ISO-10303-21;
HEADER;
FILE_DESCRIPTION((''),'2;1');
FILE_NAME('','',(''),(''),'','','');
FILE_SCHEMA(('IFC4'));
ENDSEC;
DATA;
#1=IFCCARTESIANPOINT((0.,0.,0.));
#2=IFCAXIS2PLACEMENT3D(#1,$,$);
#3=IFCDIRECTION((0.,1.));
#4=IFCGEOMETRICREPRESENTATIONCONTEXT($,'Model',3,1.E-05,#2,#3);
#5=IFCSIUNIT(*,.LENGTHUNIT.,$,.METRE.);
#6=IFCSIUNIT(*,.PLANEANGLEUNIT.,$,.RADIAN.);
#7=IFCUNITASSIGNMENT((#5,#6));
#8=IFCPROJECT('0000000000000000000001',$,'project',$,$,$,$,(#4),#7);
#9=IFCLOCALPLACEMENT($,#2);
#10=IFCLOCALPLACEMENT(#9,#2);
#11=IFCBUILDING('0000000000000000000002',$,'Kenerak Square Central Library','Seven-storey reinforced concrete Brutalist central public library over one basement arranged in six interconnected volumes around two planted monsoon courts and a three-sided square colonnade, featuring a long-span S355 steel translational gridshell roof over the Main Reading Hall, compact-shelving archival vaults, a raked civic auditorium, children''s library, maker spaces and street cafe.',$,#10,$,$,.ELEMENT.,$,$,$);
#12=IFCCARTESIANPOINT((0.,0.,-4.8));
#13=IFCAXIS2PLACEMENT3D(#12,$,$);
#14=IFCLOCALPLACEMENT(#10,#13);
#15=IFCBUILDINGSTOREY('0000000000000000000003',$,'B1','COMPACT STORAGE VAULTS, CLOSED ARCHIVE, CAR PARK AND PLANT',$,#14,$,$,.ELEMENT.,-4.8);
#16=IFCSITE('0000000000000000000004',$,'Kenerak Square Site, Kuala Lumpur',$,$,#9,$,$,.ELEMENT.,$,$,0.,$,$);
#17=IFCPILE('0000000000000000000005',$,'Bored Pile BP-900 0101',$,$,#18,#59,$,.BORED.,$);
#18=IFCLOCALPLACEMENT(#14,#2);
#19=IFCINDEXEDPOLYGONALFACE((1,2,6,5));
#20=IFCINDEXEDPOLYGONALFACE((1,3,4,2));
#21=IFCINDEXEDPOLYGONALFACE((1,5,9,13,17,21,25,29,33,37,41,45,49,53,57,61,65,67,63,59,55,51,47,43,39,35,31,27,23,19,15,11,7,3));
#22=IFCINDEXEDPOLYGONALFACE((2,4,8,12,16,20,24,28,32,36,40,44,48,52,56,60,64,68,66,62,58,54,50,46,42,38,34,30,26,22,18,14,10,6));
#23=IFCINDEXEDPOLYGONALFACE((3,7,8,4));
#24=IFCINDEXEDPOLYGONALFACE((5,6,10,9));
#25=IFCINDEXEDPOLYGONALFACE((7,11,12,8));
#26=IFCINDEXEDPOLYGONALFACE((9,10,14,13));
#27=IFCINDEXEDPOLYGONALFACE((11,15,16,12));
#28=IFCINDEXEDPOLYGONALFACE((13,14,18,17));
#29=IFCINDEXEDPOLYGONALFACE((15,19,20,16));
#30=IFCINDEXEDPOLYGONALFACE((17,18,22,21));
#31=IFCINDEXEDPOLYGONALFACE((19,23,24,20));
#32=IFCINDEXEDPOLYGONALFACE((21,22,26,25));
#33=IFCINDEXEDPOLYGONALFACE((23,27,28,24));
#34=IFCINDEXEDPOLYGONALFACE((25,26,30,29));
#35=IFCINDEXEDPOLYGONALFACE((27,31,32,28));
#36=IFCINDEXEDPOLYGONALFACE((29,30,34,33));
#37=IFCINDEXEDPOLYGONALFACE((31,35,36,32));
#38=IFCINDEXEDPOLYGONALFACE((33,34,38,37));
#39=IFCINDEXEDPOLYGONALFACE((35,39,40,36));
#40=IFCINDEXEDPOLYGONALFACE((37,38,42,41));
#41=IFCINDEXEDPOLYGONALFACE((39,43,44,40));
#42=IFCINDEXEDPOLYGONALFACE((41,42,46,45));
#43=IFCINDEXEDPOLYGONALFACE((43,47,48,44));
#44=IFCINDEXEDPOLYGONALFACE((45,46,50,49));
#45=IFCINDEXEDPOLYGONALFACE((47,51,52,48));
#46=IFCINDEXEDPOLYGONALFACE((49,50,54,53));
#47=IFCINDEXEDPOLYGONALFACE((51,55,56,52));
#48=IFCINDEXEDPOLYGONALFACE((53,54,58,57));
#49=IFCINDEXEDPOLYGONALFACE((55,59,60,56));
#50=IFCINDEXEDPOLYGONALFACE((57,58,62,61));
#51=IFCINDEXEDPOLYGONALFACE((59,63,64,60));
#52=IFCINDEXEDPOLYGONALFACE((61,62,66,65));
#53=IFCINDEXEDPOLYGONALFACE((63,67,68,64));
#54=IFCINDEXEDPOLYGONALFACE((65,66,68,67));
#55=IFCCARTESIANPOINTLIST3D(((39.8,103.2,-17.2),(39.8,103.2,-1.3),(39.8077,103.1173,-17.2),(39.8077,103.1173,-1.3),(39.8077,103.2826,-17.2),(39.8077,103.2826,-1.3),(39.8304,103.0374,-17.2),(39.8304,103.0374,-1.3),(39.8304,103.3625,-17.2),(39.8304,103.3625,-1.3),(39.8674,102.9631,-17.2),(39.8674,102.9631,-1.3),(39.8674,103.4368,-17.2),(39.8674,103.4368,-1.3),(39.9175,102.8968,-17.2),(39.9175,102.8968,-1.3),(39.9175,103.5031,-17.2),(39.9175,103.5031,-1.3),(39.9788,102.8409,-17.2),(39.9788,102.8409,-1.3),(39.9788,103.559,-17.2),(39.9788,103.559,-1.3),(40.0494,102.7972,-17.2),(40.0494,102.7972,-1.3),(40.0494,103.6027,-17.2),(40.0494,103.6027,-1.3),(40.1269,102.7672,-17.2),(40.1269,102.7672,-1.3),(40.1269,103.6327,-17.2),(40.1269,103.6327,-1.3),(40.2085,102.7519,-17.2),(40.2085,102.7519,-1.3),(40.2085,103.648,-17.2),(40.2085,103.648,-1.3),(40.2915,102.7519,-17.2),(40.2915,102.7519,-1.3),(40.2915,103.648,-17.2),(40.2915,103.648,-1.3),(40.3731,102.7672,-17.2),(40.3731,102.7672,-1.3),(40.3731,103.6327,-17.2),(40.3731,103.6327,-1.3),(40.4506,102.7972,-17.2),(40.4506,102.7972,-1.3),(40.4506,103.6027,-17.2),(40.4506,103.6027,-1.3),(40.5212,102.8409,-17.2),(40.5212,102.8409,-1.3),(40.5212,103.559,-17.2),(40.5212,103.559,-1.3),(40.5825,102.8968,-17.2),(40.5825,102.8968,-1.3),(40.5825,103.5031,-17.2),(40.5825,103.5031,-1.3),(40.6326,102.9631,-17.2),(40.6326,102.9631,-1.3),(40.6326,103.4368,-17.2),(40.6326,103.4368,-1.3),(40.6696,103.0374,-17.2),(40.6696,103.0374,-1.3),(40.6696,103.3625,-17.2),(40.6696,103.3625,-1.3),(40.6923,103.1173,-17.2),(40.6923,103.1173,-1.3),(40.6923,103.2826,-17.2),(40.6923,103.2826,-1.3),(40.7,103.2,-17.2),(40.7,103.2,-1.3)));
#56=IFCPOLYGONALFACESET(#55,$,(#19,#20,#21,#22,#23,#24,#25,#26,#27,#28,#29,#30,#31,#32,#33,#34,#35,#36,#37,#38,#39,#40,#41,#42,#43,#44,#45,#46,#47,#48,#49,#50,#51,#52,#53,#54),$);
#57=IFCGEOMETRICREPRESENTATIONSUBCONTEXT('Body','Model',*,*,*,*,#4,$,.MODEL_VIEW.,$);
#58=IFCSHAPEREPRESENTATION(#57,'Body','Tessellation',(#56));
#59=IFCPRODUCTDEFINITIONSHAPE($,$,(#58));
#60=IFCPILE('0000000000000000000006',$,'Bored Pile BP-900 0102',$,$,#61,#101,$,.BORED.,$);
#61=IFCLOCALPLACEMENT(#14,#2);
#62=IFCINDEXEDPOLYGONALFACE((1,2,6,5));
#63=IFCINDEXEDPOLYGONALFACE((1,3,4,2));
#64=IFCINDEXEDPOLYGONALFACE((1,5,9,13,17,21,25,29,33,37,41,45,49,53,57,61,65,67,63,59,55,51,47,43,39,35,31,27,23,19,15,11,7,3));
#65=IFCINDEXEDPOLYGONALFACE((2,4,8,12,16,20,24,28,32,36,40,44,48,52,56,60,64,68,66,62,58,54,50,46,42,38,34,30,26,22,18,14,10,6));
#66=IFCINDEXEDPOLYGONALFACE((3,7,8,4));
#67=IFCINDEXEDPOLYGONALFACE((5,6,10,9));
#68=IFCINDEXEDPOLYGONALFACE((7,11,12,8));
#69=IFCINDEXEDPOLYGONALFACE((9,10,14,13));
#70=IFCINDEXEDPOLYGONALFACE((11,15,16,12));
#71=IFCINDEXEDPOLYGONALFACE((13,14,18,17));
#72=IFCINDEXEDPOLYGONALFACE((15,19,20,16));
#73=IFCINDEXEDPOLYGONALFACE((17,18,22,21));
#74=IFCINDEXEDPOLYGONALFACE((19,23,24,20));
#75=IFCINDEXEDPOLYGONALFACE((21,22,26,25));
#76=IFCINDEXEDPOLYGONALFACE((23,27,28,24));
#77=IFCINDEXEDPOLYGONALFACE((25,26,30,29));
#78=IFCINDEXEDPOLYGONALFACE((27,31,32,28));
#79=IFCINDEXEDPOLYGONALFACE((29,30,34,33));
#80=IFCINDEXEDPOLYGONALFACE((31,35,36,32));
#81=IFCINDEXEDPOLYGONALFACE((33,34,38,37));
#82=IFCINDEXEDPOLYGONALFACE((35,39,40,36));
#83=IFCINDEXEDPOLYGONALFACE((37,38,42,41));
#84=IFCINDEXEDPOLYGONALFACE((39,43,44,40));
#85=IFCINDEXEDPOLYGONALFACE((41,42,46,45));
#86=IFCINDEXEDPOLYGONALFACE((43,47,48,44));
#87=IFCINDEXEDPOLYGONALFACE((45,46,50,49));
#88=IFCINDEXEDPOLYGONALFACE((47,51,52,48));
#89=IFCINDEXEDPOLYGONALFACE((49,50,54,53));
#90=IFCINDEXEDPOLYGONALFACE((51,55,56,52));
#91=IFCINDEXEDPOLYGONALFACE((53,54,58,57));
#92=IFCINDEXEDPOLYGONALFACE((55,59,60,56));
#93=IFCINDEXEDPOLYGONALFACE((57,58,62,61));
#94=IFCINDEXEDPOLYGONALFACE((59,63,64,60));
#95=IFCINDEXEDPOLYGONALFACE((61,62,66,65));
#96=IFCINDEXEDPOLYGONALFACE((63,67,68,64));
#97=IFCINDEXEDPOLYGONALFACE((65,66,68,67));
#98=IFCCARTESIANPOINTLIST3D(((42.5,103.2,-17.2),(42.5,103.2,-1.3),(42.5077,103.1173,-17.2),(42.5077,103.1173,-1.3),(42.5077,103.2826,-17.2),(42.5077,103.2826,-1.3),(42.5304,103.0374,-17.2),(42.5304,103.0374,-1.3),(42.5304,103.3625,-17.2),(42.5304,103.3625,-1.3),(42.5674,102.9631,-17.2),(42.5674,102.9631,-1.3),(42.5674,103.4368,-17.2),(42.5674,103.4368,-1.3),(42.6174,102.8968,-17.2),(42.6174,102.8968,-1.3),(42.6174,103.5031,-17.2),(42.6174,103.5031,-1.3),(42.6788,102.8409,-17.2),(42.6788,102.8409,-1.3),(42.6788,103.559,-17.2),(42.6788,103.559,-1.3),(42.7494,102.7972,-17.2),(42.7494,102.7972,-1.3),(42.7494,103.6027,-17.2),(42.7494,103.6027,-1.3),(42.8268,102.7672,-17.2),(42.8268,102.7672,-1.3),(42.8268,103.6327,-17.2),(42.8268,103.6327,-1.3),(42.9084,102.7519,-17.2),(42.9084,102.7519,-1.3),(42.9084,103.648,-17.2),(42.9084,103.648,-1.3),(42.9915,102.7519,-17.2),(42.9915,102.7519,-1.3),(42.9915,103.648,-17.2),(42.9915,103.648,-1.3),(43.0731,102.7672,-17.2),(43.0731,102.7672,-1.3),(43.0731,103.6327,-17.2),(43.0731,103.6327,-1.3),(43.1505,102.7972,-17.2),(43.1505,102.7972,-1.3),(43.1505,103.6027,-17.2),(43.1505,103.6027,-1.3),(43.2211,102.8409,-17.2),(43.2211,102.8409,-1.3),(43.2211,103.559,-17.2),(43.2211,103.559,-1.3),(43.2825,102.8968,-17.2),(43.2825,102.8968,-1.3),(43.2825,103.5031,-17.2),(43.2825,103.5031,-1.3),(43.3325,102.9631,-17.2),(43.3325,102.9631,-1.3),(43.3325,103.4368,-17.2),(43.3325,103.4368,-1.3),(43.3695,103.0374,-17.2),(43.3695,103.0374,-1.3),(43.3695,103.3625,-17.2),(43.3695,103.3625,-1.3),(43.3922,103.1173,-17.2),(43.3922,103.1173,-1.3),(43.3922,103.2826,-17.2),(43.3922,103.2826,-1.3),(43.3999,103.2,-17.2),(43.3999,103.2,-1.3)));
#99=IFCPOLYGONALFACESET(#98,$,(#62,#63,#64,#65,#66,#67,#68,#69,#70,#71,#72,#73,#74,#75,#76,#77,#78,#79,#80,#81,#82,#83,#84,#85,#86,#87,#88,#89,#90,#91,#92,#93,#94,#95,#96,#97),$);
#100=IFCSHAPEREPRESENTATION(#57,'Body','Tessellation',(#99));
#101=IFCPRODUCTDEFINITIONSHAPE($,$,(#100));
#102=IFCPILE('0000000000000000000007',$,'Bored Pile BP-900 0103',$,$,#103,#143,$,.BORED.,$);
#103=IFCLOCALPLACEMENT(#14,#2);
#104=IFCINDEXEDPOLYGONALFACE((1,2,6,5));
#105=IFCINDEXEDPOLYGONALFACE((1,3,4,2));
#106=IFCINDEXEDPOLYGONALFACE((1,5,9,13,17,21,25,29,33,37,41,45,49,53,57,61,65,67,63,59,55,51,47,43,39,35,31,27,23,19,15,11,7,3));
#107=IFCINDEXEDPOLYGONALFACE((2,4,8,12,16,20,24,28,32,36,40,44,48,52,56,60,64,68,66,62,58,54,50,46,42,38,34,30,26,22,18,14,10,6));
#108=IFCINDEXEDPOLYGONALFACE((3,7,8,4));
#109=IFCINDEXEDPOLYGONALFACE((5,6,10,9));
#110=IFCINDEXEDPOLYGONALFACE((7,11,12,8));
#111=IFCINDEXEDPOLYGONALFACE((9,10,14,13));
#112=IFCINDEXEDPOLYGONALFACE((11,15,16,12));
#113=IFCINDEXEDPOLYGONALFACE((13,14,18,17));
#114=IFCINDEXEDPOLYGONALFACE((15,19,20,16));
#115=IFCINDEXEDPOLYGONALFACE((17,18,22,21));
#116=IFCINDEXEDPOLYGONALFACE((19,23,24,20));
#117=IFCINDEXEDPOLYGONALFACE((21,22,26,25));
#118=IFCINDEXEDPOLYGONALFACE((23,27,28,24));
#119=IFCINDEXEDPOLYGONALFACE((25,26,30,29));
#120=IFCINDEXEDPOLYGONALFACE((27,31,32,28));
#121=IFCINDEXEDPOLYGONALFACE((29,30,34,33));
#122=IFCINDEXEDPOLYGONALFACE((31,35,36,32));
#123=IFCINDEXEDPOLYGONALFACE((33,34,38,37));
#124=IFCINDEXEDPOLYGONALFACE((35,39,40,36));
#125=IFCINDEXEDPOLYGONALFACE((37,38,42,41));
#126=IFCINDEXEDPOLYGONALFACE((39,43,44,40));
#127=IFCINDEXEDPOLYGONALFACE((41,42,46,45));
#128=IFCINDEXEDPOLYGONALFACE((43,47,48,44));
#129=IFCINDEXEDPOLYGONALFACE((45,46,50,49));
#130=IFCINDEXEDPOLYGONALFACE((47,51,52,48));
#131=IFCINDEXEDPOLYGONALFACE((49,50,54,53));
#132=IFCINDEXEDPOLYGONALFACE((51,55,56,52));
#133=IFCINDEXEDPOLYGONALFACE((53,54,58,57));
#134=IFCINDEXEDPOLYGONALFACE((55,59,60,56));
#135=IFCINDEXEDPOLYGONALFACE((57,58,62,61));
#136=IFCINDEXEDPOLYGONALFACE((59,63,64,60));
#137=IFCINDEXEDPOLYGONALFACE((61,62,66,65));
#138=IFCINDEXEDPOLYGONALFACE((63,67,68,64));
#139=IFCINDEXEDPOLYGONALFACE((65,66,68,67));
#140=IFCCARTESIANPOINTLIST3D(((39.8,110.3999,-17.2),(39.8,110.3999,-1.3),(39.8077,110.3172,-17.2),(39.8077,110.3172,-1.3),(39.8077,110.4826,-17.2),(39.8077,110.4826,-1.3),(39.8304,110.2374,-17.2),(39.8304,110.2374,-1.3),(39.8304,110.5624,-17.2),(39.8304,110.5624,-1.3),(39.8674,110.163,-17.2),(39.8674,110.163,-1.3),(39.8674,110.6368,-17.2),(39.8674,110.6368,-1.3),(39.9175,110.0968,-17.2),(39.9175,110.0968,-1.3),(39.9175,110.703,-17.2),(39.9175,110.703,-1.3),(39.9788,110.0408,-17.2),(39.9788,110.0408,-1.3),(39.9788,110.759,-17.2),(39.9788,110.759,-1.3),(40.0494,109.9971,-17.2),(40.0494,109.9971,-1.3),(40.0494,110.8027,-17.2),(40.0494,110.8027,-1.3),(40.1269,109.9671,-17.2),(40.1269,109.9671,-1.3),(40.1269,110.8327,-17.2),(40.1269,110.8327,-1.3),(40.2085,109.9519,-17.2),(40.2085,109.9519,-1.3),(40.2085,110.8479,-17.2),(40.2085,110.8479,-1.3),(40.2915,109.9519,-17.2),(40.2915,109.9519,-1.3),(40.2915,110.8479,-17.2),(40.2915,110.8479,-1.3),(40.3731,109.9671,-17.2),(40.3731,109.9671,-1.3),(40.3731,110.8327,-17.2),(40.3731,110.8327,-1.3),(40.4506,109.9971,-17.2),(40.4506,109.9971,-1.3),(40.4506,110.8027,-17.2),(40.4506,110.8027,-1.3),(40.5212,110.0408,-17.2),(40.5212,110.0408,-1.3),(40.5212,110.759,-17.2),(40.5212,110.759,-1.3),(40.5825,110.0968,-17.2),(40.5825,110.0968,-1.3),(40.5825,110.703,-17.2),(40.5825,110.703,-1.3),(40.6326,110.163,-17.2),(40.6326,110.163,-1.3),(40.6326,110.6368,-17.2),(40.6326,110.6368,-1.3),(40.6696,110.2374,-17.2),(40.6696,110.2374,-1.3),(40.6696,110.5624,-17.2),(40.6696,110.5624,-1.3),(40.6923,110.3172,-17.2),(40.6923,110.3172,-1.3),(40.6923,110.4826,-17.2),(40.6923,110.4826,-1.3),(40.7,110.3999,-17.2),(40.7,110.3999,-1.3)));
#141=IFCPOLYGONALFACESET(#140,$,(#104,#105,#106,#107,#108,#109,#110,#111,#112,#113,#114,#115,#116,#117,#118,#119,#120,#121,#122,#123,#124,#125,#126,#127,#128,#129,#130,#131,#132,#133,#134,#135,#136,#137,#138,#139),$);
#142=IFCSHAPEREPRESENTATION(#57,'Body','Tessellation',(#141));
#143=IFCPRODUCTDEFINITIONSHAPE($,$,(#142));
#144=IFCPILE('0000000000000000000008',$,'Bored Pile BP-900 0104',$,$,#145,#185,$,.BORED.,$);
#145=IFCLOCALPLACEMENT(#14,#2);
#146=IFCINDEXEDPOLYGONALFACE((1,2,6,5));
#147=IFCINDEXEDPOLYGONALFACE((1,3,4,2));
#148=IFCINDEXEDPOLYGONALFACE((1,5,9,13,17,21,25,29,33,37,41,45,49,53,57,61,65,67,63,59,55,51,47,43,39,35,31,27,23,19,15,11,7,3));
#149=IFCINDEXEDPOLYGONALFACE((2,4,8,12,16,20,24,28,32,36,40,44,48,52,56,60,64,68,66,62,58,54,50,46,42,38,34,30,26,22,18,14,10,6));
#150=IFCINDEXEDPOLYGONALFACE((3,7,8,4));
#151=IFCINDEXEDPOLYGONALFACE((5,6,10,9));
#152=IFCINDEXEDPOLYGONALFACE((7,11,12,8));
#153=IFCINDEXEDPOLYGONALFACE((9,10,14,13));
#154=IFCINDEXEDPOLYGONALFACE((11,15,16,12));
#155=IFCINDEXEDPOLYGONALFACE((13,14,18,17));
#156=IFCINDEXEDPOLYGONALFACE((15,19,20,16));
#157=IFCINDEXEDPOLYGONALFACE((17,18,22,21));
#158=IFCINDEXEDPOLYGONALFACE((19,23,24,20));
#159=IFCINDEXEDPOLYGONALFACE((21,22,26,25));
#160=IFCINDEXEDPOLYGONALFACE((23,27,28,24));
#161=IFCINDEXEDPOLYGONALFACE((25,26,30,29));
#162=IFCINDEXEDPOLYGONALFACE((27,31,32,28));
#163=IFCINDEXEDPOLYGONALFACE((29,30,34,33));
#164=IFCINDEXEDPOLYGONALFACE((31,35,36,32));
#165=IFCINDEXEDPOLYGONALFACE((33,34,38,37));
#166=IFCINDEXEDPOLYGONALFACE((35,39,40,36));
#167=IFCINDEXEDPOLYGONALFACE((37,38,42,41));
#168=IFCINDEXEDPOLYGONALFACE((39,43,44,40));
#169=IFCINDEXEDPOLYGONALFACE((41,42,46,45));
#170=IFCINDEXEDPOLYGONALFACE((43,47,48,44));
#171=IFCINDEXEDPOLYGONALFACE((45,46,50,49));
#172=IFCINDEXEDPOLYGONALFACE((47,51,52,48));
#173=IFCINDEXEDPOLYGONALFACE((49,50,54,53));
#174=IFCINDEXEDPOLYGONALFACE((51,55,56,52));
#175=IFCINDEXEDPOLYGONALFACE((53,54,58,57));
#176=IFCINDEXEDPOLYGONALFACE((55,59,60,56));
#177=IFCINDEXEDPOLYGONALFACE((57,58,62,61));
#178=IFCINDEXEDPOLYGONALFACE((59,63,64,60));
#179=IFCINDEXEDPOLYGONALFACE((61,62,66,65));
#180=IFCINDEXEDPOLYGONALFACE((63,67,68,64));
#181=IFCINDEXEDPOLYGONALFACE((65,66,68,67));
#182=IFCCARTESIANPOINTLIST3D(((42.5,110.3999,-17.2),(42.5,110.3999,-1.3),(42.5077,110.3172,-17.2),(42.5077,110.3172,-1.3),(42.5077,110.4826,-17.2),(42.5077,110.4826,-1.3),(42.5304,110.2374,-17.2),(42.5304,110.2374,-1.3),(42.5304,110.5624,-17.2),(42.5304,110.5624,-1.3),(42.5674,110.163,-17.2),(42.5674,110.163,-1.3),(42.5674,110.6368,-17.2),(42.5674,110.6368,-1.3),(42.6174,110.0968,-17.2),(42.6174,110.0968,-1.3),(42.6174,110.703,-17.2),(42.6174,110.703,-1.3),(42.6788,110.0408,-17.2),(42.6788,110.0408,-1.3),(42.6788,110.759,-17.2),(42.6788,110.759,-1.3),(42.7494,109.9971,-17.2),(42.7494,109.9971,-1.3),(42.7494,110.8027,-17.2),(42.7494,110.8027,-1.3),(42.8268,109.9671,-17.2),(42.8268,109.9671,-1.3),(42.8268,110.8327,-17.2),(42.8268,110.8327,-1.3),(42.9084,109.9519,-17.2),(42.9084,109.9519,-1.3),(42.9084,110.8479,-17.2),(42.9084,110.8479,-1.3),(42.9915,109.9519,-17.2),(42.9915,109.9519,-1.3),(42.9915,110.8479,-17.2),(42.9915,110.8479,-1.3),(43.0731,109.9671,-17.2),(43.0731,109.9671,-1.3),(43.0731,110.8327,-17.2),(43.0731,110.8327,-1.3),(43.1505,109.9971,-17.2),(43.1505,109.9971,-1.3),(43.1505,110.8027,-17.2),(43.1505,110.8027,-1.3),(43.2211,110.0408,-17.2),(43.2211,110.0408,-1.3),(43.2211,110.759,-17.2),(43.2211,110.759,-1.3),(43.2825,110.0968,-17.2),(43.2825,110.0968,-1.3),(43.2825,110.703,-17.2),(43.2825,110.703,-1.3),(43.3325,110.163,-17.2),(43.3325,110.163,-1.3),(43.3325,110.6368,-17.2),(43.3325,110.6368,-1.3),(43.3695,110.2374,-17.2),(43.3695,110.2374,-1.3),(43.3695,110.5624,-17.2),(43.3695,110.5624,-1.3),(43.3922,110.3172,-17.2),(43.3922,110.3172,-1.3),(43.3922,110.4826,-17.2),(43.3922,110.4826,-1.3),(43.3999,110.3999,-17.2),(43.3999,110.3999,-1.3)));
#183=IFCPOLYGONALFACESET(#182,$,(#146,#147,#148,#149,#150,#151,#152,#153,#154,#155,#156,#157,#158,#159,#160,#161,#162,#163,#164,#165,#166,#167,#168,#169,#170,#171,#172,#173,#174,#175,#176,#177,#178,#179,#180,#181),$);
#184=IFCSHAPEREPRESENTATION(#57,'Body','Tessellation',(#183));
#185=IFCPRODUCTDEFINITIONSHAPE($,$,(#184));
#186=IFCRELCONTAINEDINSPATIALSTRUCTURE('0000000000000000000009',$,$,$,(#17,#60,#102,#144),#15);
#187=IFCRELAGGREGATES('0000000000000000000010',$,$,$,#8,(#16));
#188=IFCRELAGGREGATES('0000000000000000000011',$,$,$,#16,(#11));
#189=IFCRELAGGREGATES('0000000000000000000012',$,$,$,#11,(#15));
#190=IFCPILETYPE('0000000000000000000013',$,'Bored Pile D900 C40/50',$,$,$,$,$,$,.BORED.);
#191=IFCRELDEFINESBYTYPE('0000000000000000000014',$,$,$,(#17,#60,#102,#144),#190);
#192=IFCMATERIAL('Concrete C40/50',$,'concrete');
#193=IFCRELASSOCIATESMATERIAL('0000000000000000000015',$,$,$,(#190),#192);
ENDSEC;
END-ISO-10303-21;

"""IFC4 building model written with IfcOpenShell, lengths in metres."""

from ifc_helpers import new_model, si_unit, direction, frame, origin, origin_2d, place, context, subcontext, project, spatial, circle, extrude, material, material_profile, profile_set, type_object, element, save


model = new_model("IFC4")

# Units and contexts
model_context = context("Model", 3, precision=1e-05, world=origin(), true_north=direction((0.0, 1.0)))
body_context = subcontext(model_context, "Body", "Model", "MODEL_VIEW")
ifc_project = project(units=[si_unit("LENGTHUNIT", "METRE"), si_unit("PLANEANGLEUNIT", "RADIAN")], contexts=[model_context])

# Site, building, storey
site_placement = place(None, origin())
site = spatial("IfcSite", under=ifc_project, at=site_placement, Name="Kenerak Square Site, Kuala Lumpur", CompositionType="ELEMENT", RefElevation=0.0)
building_placement = place(site_placement, origin())
building = spatial("IfcBuilding", under=site, at=building_placement, Name="Kenerak Square Central Library", Description="Seven-storey reinforced concrete Brutalist central public library over one basement arranged in six interconnected volumes around two planted monsoon courts and a three-sided square colonnade, featuring a long-span S355 steel translational gridshell roof over the Main Reading Hall, compact-shelving archival vaults, a raked civic auditorium, children's library, maker spaces and street cafe.", CompositionType="ELEMENT")
storey_placement = place(building_placement, frame((0.0, 0.0, -4.8)))
storey = spatial("IfcBuildingStorey", under=building, at=storey_placement, Name="B1", Description="COMPACT STORAGE VAULTS, CLOSED ARCHIVE, CAR PARK AND PLANT", CompositionType="ELEMENT", Elevation=-4.8)

# Piles
ifc_material_1 = material(Name="Concrete C40/50", Category="concrete")
ifc_material_profile_1 = material_profile(ifc_material_1, circle(Radius=0.45, at=origin_2d()), Name="BP D900")
ifc_profile_set_1 = profile_set([ifc_material_profile_1], Name="Concrete C40/50")
pile_type = type_object("IfcPileType", Name="Bored Pile D900 C40/50", PredefinedType="BORED", material=ifc_profile_set_1)
for number, where, z_axis, x_axis, name in (
    (1, (40.25, 103.2, -1.3), (0.0, 0.0, -1.0), (1.0, 0.0, 0.0), "Bored Pile BP-900 0101"),
    (2, (42.95, 103.2, -1.3), (0.0, 0.0, -1.0), (1.0, 0.0, 0.0), "Bored Pile BP-900 0102"),
    (3, (40.25, 110.3999, -1.3), (0.0, 0.0, -1.0), (1.0, 0.0, 0.0), "Bored Pile BP-900 0103"),
    (4, (42.95, 110.3999, -1.3), (0.0, 0.0, -1.0), (1.0, 0.0, 0.0), "Bored Pile BP-900 0104"),
):
    element("IfcPile", number, at=place(storey_placement, frame(where, z_axis=z_axis, x_axis=x_axis)), inside=storey, type_object=pile_type, Name=name, PredefinedType="BORED", context=body_context, shape_type="SweptSolid", body=[
        extrude(circle(Radius=0.45, at=origin_2d()), origin(), (0.0, 0.0, 1.0), 15.8999),
    ])

save(model, "model.ifc")
